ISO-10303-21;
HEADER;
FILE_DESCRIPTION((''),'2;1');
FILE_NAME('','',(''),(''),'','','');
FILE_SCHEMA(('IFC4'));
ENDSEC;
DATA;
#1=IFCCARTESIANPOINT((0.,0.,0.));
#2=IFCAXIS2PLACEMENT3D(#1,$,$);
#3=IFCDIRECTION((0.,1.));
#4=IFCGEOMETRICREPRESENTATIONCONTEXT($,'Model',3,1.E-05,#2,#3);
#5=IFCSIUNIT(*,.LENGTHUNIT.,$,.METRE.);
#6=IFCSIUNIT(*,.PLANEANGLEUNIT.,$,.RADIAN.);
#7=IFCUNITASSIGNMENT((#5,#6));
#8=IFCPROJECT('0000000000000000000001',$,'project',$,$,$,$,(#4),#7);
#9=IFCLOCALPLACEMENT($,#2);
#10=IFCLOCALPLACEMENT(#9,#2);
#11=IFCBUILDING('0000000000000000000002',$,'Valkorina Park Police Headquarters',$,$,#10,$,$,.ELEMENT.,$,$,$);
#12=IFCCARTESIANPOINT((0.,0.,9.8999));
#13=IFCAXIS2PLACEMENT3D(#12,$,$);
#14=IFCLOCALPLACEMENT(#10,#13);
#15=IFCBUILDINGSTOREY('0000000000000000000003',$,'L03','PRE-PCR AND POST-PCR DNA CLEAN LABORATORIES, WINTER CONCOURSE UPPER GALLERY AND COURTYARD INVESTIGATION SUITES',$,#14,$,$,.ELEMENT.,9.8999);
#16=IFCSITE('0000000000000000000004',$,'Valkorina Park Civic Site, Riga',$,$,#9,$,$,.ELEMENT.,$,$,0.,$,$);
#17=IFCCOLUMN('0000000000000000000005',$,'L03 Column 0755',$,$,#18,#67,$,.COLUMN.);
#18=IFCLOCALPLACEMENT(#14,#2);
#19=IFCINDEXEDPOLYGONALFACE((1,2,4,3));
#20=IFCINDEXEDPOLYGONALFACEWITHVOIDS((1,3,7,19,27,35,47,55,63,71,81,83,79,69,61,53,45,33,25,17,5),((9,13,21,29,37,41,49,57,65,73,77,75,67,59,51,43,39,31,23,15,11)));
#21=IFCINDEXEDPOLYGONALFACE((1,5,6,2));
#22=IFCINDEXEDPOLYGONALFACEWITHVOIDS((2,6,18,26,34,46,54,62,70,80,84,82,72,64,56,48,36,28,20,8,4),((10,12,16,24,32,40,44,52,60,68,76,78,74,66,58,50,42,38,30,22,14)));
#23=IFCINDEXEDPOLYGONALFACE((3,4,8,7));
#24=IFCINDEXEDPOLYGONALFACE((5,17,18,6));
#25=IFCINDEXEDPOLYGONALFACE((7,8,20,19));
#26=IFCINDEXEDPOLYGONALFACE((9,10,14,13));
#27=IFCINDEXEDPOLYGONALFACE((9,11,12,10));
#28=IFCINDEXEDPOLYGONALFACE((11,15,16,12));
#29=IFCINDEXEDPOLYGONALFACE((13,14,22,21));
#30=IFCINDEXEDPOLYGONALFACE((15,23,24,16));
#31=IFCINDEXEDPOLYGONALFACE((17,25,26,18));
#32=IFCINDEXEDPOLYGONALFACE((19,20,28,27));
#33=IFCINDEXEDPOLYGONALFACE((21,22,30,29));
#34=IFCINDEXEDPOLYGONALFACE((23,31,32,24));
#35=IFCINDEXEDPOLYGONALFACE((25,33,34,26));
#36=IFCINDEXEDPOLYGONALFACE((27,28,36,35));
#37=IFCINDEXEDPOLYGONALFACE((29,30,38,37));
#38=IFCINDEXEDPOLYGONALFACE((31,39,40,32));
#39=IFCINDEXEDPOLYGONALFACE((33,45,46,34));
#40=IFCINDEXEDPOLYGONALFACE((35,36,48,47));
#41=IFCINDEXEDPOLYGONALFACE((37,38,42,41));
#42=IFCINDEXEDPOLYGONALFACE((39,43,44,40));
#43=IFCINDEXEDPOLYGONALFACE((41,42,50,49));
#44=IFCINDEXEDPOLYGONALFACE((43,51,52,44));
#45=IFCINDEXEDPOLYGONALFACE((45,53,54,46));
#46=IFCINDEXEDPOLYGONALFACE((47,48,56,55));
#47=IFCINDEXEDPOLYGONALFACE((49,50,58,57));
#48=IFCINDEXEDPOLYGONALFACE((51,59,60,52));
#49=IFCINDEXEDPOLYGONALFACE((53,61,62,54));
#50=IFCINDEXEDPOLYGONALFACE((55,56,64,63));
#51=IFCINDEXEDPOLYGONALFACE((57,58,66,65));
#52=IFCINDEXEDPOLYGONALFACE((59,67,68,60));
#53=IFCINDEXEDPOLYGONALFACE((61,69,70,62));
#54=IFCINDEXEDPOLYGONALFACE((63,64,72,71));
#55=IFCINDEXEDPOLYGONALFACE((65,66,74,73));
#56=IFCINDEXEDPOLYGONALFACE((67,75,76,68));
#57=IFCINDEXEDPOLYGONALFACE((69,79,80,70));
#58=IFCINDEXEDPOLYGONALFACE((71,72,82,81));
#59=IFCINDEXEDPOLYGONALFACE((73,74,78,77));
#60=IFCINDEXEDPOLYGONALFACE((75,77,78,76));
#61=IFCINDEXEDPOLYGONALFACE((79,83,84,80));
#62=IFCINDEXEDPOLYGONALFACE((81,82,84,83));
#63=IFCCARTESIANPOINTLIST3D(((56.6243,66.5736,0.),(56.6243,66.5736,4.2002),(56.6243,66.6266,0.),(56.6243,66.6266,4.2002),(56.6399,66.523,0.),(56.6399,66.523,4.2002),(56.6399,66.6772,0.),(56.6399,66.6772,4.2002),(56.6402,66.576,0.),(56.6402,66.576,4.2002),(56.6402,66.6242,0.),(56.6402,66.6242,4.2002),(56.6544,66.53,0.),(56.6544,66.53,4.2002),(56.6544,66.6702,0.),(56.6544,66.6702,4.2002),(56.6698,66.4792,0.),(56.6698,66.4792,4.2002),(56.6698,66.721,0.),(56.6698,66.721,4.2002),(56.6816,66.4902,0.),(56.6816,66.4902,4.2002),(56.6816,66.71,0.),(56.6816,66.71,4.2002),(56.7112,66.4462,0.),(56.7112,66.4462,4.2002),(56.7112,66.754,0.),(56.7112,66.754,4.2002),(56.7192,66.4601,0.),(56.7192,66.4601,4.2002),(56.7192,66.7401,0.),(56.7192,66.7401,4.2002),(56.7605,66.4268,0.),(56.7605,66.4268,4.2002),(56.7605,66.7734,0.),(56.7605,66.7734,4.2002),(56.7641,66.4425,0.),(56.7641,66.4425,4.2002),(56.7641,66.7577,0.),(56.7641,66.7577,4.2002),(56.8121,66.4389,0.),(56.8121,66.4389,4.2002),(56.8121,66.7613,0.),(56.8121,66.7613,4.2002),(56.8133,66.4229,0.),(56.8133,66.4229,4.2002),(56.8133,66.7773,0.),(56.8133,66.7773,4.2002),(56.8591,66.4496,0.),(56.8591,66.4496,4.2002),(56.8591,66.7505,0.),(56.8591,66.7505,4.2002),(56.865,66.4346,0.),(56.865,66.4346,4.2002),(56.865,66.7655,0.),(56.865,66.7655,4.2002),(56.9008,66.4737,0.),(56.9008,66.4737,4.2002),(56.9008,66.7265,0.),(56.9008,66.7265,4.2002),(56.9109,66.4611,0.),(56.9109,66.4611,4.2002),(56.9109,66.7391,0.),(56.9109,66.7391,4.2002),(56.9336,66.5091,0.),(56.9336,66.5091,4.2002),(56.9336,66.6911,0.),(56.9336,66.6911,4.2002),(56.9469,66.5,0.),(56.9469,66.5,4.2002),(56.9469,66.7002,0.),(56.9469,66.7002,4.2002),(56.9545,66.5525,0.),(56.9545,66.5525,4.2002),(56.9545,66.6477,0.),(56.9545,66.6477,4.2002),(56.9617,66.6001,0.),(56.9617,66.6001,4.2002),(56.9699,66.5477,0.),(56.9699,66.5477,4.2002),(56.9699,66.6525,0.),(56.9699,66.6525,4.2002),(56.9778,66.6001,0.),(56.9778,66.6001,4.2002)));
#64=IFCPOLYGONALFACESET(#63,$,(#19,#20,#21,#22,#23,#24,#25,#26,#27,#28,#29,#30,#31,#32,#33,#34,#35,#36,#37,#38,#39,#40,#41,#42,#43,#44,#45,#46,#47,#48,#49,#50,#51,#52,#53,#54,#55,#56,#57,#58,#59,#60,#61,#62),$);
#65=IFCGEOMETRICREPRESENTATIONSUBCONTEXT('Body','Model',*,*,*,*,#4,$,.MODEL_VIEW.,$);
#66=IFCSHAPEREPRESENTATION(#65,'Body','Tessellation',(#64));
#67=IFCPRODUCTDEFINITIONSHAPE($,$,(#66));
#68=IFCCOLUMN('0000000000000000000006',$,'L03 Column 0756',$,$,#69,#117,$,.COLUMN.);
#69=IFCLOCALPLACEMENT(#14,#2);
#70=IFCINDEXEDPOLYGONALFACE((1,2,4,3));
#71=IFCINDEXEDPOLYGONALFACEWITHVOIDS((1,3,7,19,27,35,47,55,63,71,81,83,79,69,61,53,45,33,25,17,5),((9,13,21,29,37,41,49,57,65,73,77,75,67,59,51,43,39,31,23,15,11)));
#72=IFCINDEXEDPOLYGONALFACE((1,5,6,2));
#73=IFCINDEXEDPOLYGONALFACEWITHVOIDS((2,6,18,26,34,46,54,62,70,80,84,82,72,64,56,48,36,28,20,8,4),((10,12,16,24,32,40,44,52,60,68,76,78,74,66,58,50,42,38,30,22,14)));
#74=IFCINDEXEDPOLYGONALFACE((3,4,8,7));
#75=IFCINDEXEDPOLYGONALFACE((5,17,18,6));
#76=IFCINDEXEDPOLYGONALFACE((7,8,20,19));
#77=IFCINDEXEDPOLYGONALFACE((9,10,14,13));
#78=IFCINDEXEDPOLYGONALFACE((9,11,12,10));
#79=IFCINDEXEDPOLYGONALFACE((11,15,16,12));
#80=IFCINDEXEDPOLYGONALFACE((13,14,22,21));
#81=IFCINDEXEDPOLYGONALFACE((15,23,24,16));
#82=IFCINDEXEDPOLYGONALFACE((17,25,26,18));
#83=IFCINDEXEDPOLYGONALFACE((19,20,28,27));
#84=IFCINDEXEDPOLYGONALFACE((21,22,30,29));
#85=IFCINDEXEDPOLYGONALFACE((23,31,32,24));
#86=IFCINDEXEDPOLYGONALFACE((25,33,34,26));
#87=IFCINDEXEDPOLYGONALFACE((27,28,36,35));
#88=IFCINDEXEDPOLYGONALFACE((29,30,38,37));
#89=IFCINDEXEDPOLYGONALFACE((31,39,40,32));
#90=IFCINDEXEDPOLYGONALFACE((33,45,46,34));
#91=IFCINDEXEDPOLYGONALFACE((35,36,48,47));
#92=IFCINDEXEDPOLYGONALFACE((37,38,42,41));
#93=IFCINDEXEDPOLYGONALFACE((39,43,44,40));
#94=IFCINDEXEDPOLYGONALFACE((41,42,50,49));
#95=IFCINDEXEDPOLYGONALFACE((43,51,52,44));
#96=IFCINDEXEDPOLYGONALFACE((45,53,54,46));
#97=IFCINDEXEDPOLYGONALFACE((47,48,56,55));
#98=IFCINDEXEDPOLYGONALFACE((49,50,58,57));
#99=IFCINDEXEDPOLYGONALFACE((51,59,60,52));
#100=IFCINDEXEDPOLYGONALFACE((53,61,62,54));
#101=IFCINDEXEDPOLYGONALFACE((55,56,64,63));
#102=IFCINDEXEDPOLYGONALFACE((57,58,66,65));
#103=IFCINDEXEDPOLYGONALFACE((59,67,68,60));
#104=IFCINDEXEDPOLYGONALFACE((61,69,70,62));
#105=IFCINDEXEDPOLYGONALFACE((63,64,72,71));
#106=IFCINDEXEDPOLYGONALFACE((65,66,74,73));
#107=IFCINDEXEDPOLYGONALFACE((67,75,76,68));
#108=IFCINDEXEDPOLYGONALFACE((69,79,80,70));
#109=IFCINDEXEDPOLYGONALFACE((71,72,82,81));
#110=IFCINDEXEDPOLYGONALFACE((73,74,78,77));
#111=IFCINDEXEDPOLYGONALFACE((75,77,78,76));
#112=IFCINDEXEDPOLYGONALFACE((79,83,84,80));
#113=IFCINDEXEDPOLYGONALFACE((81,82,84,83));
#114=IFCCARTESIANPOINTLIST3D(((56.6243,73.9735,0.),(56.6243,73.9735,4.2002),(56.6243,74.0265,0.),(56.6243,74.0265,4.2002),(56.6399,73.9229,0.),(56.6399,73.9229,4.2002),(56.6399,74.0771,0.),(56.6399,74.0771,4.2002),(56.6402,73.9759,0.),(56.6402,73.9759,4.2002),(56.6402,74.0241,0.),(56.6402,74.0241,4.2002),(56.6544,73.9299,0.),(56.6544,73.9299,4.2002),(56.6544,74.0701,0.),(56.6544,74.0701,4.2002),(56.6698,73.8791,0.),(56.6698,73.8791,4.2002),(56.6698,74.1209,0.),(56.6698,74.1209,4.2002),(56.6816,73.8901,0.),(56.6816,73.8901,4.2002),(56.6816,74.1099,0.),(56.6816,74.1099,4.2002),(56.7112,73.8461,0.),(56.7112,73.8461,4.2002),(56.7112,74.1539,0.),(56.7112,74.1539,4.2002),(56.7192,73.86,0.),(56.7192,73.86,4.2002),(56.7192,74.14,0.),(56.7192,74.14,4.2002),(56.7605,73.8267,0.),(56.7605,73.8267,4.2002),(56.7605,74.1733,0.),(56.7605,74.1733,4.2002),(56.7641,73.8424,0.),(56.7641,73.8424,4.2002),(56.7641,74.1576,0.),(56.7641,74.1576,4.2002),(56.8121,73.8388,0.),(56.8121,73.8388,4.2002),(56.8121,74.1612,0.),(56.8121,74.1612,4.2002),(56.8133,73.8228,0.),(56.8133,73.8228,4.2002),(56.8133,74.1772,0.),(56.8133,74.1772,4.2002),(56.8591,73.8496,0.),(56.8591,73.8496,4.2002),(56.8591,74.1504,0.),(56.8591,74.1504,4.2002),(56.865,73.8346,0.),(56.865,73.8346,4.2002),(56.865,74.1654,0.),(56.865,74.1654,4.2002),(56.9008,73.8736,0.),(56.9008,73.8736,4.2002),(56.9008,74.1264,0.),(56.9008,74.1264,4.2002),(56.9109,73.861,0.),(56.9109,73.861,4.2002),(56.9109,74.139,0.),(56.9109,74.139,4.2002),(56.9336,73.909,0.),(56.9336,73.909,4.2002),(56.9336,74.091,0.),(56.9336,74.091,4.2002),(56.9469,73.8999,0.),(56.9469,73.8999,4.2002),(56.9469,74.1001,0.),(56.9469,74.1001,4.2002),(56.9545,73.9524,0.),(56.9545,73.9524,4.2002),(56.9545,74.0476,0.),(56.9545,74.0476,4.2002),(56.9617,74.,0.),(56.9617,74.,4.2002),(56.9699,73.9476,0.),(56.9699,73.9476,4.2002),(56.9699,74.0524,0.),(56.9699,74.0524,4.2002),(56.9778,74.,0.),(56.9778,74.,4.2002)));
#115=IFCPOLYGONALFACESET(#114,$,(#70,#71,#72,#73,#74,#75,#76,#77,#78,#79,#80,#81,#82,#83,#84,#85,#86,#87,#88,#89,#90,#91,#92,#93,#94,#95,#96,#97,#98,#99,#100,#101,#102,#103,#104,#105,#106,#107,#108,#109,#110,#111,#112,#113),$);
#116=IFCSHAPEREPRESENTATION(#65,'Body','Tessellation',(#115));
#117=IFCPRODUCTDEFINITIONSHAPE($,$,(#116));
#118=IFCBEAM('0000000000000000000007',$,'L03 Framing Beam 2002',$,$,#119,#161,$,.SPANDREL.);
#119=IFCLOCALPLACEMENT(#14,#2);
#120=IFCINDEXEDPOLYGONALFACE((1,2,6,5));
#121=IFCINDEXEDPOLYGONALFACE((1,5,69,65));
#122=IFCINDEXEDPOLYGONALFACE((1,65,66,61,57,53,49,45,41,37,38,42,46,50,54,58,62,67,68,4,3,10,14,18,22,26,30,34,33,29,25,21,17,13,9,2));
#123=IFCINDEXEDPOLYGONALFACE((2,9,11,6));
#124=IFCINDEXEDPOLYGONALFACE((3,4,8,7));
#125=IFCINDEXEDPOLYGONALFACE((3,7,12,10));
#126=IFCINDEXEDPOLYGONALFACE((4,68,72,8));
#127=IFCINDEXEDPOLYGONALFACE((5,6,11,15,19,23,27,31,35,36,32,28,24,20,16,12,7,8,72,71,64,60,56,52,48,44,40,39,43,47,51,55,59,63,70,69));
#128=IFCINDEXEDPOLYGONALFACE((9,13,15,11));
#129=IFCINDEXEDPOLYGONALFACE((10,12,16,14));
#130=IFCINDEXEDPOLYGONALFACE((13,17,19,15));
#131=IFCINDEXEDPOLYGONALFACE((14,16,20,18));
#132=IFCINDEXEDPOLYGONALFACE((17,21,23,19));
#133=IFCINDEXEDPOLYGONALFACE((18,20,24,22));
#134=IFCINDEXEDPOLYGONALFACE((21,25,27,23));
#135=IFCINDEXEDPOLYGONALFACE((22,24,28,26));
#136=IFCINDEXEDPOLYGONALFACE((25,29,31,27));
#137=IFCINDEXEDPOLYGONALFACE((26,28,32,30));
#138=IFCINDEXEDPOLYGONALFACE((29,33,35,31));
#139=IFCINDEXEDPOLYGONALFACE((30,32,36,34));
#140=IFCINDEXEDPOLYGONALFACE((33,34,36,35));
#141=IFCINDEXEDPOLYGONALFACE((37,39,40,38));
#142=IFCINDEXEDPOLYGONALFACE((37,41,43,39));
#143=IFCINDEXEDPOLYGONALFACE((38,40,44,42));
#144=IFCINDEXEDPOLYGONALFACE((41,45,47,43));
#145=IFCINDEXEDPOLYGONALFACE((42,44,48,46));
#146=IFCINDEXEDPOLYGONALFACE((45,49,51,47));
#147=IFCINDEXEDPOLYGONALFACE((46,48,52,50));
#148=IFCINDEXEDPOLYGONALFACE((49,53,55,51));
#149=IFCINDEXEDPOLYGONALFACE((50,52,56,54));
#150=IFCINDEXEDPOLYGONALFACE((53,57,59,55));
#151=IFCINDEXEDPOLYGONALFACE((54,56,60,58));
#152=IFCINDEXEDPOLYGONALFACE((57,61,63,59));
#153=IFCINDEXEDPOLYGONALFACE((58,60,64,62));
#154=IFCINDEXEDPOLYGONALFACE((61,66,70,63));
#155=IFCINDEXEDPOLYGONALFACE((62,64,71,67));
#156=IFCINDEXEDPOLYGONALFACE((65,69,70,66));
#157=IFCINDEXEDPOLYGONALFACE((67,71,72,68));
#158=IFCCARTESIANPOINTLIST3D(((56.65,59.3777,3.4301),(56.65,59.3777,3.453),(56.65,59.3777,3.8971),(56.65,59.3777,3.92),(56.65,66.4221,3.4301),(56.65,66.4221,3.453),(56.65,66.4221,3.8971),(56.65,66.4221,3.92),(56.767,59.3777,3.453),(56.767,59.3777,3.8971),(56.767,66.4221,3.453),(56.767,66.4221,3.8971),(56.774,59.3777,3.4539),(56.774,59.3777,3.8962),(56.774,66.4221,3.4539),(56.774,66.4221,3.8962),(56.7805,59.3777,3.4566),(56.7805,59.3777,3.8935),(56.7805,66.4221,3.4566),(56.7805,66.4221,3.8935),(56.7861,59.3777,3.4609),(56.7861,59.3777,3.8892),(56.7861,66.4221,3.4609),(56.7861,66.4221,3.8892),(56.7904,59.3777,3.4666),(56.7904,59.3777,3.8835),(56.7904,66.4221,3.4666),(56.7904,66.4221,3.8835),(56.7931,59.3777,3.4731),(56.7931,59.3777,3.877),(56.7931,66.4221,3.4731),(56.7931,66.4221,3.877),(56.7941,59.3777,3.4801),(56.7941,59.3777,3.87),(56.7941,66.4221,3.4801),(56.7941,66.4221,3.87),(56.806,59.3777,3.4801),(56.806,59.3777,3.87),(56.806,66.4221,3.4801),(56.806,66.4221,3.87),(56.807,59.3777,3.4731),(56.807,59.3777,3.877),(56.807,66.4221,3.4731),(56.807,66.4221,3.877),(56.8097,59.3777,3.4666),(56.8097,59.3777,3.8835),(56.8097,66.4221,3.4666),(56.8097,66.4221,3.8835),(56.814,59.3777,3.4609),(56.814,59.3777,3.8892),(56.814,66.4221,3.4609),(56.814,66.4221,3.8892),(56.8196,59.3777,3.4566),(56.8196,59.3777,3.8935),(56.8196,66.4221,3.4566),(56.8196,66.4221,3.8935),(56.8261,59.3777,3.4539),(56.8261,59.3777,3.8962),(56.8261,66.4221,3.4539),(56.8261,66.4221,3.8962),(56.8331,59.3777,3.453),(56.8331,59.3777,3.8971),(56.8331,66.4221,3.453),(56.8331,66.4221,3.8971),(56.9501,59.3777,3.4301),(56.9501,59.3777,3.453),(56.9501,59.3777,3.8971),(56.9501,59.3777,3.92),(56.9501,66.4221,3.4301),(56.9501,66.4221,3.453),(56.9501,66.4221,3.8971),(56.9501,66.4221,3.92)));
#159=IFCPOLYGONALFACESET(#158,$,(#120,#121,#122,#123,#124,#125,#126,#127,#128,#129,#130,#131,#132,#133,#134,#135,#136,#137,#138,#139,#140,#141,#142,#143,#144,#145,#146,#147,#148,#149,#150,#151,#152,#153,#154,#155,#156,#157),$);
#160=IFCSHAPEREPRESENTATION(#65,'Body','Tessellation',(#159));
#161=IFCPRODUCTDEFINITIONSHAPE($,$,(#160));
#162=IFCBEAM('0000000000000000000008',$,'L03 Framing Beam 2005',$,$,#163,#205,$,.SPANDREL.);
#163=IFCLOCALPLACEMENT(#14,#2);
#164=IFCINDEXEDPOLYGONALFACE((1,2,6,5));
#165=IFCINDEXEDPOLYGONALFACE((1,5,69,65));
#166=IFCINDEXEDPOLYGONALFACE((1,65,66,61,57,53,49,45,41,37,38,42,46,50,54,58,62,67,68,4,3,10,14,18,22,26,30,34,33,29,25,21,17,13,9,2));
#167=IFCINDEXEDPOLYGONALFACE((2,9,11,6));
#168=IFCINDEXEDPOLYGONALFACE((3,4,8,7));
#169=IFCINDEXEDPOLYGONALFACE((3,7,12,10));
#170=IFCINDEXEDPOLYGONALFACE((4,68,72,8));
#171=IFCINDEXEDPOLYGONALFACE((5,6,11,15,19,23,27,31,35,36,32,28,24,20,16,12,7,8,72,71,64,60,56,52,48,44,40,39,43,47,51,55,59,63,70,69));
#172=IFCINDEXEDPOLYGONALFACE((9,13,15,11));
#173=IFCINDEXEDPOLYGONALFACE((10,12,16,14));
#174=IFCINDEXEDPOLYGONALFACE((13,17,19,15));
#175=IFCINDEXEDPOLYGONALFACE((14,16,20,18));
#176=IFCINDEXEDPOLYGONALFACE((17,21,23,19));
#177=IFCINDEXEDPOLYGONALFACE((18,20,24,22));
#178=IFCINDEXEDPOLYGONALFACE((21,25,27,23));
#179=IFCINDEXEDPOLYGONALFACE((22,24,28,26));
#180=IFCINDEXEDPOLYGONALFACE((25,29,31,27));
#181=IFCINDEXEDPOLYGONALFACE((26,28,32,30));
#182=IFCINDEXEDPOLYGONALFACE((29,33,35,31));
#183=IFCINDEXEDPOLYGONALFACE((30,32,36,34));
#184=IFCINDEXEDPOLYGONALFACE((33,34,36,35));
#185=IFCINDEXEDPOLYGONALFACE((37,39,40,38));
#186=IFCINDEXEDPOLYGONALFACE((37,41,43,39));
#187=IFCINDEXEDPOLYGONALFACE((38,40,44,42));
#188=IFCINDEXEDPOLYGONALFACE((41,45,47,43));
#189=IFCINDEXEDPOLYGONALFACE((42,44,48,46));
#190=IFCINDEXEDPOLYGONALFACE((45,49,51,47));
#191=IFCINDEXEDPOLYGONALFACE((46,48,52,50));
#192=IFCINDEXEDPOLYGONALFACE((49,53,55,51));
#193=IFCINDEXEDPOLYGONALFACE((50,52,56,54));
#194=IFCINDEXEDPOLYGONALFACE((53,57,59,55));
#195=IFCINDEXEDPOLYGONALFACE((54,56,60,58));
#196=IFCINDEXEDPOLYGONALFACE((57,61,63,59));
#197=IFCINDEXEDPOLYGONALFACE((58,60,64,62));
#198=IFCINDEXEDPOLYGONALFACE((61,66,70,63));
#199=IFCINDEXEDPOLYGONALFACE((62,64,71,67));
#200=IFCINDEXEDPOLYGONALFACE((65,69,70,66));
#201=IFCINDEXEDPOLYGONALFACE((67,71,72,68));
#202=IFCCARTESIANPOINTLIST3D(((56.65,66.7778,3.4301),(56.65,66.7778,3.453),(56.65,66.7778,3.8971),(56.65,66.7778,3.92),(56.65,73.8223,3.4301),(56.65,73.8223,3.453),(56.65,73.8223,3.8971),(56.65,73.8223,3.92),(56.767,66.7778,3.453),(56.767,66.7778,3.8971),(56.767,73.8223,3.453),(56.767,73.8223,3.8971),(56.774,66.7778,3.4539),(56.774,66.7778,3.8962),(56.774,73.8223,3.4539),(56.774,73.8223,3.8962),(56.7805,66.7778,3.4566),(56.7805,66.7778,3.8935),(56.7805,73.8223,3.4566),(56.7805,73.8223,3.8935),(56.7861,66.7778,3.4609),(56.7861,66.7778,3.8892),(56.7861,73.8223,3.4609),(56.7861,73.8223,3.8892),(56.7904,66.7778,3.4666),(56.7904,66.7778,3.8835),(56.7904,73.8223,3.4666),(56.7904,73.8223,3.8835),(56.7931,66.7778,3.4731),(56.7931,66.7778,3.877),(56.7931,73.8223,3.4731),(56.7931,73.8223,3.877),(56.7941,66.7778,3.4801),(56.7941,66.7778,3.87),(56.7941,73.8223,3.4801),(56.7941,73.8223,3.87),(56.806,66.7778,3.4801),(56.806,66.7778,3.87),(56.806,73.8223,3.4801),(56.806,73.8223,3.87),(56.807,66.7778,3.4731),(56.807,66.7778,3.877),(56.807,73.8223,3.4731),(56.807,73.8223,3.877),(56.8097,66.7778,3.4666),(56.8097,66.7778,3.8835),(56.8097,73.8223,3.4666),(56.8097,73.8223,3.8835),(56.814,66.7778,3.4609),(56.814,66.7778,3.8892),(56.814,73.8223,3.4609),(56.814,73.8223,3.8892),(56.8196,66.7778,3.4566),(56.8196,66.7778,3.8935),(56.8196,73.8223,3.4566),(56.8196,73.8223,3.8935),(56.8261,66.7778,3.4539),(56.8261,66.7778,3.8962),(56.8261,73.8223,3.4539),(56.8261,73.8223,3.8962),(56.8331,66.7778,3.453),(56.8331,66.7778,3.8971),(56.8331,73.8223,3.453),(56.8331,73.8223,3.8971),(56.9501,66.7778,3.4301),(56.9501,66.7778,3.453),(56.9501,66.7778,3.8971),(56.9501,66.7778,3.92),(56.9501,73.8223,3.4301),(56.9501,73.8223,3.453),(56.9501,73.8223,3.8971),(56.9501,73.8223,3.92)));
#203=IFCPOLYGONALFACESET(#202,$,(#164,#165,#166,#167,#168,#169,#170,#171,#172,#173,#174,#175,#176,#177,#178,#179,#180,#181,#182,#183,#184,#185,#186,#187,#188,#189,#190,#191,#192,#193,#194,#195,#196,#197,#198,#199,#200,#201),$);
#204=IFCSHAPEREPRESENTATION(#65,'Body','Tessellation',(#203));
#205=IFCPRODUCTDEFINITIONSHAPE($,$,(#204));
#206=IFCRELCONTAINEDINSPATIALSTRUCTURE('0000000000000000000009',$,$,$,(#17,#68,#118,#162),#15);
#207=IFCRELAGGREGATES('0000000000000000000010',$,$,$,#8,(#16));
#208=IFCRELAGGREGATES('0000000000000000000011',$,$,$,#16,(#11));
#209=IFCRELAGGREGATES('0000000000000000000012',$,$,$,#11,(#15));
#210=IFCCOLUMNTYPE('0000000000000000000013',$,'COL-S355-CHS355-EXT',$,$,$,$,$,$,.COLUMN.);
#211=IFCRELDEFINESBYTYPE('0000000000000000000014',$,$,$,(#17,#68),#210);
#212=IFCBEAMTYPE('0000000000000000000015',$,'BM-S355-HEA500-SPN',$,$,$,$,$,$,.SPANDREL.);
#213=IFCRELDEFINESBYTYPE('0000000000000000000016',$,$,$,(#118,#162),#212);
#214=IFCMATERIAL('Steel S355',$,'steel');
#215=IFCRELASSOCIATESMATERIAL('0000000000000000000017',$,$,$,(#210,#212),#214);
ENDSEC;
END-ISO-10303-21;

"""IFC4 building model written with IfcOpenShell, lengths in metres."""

from ifc_helpers import new_model, si_unit, direction, frame, origin, origin_2d, place, context, subcontext, project, spatial, hollow_circle, i_section, extrude, material, material_profile, profile_set, type_object, element, save


model = new_model("IFC4")

# Units and contexts
model_context = context("Model", 3, precision=1e-05, world=origin(), true_north=direction((0.0, 1.0)))
body_context = subcontext(model_context, "Body", "Model", "MODEL_VIEW")
ifc_project = project(units=[si_unit("LENGTHUNIT", "METRE"), si_unit("PLANEANGLEUNIT", "RADIAN")], contexts=[model_context])

# Site, building, storey
site_placement = place(None, origin())
site = spatial("IfcSite", under=ifc_project, at=site_placement, Name="Valkorina Park Civic Site, Riga", CompositionType="ELEMENT", RefElevation=0.0)
building_placement = place(site_placement, origin())
building = spatial("IfcBuilding", under=site, at=building_placement, Name="Valkorina Park Police Headquarters", CompositionType="ELEMENT")
storey_placement = place(building_placement, frame((0.0, 0.0, 9.8999)))
storey = spatial("IfcBuildingStorey", under=building, at=storey_placement, Name="L03", Description="PRE-PCR AND POST-PCR DNA CLEAN LABORATORIES, WINTER CONCOURSE UPPER GALLERY AND COURTYARD INVESTIGATION SUITES", CompositionType="ELEMENT", Elevation=9.8999)

# Columns
ifc_material_1 = material(Name="Steel S355", Category="steel")
ifc_material_profile_1 = material_profile(ifc_material_1, hollow_circle(Radius=0.1777, WallThickness=0.0161, at=origin_2d()), Name="CHS 355.6x16")
ifc_profile_set_1 = profile_set([ifc_material_profile_1], Name="Steel S355")
column_type = type_object("IfcColumnType", Name="COL-S355-CHS355-EXT", PredefinedType="COLUMN", material=ifc_profile_set_1)
for number, where, z_axis, x_axis, name in (
    (1, (56.8, 66.6001, 0.0), (0.0, 0.0, 1.0), (1.0, 0.0, 0.0), "L03 Column 0755"),
    (2, (56.8, 74.0, 0.0), (0.0, 0.0, 1.0), (1.0, 0.0, 0.0), "L03 Column 0756"),
):
    element("IfcColumn", number, at=place(storey_placement, frame(where, z_axis=z_axis, x_axis=x_axis)), inside=storey, type_object=column_type, Name=name, PredefinedType="COLUMN", context=body_context, shape_type="SweptSolid", body=[
        extrude(hollow_circle(Radius=0.1777, WallThickness=0.0161, at=origin_2d()), origin(), (0.0, 0.0, 1.0), 4.2002),
    ])

# Beams
ifc_material_profile_2 = material_profile(ifc_material_1, i_section(OverallWidth=0.3, OverallDepth=0.49, WebThickness=0.012, FlangeThickness=0.0229, FilletRadius=0.0271, at=origin_2d()), Name="HEA 500")
ifc_profile_set_2 = profile_set([ifc_material_profile_2], Name="Steel S355")
beam_type_1 = type_object("IfcBeamType", Name="BM-S355-HEA500-SPN", PredefinedType="SPANDREL", material=ifc_profile_set_2)
for number, where, z_axis, x_axis, name in (
    (3, (56.8, 59.3777, 3.675), (0.0, 1.0, 0.0), (-1.0, 0.0, 0.0), "L03 Framing Beam 2002"),
    (4, (56.8, 66.7778, 3.675), (0.0, 1.0, 0.0), (-1.0, 0.0, 0.0), "L03 Framing Beam 2005"),
):
    element("IfcBeam", number, at=place(storey_placement, frame(where, z_axis=z_axis, x_axis=x_axis)), inside=storey, type_object=beam_type_1, Name=name, PredefinedType="SPANDREL", context=body_context, shape_type="SweptSolid", body=[
        extrude(i_section(OverallWidth=0.3, OverallDepth=0.49, WebThickness=0.012, FlangeThickness=0.0229, FilletRadius=0.0271, at=origin_2d()), origin(), (0.0, 0.0, 1.0), 7.0444),
    ])

save(model, "model.ifc")
